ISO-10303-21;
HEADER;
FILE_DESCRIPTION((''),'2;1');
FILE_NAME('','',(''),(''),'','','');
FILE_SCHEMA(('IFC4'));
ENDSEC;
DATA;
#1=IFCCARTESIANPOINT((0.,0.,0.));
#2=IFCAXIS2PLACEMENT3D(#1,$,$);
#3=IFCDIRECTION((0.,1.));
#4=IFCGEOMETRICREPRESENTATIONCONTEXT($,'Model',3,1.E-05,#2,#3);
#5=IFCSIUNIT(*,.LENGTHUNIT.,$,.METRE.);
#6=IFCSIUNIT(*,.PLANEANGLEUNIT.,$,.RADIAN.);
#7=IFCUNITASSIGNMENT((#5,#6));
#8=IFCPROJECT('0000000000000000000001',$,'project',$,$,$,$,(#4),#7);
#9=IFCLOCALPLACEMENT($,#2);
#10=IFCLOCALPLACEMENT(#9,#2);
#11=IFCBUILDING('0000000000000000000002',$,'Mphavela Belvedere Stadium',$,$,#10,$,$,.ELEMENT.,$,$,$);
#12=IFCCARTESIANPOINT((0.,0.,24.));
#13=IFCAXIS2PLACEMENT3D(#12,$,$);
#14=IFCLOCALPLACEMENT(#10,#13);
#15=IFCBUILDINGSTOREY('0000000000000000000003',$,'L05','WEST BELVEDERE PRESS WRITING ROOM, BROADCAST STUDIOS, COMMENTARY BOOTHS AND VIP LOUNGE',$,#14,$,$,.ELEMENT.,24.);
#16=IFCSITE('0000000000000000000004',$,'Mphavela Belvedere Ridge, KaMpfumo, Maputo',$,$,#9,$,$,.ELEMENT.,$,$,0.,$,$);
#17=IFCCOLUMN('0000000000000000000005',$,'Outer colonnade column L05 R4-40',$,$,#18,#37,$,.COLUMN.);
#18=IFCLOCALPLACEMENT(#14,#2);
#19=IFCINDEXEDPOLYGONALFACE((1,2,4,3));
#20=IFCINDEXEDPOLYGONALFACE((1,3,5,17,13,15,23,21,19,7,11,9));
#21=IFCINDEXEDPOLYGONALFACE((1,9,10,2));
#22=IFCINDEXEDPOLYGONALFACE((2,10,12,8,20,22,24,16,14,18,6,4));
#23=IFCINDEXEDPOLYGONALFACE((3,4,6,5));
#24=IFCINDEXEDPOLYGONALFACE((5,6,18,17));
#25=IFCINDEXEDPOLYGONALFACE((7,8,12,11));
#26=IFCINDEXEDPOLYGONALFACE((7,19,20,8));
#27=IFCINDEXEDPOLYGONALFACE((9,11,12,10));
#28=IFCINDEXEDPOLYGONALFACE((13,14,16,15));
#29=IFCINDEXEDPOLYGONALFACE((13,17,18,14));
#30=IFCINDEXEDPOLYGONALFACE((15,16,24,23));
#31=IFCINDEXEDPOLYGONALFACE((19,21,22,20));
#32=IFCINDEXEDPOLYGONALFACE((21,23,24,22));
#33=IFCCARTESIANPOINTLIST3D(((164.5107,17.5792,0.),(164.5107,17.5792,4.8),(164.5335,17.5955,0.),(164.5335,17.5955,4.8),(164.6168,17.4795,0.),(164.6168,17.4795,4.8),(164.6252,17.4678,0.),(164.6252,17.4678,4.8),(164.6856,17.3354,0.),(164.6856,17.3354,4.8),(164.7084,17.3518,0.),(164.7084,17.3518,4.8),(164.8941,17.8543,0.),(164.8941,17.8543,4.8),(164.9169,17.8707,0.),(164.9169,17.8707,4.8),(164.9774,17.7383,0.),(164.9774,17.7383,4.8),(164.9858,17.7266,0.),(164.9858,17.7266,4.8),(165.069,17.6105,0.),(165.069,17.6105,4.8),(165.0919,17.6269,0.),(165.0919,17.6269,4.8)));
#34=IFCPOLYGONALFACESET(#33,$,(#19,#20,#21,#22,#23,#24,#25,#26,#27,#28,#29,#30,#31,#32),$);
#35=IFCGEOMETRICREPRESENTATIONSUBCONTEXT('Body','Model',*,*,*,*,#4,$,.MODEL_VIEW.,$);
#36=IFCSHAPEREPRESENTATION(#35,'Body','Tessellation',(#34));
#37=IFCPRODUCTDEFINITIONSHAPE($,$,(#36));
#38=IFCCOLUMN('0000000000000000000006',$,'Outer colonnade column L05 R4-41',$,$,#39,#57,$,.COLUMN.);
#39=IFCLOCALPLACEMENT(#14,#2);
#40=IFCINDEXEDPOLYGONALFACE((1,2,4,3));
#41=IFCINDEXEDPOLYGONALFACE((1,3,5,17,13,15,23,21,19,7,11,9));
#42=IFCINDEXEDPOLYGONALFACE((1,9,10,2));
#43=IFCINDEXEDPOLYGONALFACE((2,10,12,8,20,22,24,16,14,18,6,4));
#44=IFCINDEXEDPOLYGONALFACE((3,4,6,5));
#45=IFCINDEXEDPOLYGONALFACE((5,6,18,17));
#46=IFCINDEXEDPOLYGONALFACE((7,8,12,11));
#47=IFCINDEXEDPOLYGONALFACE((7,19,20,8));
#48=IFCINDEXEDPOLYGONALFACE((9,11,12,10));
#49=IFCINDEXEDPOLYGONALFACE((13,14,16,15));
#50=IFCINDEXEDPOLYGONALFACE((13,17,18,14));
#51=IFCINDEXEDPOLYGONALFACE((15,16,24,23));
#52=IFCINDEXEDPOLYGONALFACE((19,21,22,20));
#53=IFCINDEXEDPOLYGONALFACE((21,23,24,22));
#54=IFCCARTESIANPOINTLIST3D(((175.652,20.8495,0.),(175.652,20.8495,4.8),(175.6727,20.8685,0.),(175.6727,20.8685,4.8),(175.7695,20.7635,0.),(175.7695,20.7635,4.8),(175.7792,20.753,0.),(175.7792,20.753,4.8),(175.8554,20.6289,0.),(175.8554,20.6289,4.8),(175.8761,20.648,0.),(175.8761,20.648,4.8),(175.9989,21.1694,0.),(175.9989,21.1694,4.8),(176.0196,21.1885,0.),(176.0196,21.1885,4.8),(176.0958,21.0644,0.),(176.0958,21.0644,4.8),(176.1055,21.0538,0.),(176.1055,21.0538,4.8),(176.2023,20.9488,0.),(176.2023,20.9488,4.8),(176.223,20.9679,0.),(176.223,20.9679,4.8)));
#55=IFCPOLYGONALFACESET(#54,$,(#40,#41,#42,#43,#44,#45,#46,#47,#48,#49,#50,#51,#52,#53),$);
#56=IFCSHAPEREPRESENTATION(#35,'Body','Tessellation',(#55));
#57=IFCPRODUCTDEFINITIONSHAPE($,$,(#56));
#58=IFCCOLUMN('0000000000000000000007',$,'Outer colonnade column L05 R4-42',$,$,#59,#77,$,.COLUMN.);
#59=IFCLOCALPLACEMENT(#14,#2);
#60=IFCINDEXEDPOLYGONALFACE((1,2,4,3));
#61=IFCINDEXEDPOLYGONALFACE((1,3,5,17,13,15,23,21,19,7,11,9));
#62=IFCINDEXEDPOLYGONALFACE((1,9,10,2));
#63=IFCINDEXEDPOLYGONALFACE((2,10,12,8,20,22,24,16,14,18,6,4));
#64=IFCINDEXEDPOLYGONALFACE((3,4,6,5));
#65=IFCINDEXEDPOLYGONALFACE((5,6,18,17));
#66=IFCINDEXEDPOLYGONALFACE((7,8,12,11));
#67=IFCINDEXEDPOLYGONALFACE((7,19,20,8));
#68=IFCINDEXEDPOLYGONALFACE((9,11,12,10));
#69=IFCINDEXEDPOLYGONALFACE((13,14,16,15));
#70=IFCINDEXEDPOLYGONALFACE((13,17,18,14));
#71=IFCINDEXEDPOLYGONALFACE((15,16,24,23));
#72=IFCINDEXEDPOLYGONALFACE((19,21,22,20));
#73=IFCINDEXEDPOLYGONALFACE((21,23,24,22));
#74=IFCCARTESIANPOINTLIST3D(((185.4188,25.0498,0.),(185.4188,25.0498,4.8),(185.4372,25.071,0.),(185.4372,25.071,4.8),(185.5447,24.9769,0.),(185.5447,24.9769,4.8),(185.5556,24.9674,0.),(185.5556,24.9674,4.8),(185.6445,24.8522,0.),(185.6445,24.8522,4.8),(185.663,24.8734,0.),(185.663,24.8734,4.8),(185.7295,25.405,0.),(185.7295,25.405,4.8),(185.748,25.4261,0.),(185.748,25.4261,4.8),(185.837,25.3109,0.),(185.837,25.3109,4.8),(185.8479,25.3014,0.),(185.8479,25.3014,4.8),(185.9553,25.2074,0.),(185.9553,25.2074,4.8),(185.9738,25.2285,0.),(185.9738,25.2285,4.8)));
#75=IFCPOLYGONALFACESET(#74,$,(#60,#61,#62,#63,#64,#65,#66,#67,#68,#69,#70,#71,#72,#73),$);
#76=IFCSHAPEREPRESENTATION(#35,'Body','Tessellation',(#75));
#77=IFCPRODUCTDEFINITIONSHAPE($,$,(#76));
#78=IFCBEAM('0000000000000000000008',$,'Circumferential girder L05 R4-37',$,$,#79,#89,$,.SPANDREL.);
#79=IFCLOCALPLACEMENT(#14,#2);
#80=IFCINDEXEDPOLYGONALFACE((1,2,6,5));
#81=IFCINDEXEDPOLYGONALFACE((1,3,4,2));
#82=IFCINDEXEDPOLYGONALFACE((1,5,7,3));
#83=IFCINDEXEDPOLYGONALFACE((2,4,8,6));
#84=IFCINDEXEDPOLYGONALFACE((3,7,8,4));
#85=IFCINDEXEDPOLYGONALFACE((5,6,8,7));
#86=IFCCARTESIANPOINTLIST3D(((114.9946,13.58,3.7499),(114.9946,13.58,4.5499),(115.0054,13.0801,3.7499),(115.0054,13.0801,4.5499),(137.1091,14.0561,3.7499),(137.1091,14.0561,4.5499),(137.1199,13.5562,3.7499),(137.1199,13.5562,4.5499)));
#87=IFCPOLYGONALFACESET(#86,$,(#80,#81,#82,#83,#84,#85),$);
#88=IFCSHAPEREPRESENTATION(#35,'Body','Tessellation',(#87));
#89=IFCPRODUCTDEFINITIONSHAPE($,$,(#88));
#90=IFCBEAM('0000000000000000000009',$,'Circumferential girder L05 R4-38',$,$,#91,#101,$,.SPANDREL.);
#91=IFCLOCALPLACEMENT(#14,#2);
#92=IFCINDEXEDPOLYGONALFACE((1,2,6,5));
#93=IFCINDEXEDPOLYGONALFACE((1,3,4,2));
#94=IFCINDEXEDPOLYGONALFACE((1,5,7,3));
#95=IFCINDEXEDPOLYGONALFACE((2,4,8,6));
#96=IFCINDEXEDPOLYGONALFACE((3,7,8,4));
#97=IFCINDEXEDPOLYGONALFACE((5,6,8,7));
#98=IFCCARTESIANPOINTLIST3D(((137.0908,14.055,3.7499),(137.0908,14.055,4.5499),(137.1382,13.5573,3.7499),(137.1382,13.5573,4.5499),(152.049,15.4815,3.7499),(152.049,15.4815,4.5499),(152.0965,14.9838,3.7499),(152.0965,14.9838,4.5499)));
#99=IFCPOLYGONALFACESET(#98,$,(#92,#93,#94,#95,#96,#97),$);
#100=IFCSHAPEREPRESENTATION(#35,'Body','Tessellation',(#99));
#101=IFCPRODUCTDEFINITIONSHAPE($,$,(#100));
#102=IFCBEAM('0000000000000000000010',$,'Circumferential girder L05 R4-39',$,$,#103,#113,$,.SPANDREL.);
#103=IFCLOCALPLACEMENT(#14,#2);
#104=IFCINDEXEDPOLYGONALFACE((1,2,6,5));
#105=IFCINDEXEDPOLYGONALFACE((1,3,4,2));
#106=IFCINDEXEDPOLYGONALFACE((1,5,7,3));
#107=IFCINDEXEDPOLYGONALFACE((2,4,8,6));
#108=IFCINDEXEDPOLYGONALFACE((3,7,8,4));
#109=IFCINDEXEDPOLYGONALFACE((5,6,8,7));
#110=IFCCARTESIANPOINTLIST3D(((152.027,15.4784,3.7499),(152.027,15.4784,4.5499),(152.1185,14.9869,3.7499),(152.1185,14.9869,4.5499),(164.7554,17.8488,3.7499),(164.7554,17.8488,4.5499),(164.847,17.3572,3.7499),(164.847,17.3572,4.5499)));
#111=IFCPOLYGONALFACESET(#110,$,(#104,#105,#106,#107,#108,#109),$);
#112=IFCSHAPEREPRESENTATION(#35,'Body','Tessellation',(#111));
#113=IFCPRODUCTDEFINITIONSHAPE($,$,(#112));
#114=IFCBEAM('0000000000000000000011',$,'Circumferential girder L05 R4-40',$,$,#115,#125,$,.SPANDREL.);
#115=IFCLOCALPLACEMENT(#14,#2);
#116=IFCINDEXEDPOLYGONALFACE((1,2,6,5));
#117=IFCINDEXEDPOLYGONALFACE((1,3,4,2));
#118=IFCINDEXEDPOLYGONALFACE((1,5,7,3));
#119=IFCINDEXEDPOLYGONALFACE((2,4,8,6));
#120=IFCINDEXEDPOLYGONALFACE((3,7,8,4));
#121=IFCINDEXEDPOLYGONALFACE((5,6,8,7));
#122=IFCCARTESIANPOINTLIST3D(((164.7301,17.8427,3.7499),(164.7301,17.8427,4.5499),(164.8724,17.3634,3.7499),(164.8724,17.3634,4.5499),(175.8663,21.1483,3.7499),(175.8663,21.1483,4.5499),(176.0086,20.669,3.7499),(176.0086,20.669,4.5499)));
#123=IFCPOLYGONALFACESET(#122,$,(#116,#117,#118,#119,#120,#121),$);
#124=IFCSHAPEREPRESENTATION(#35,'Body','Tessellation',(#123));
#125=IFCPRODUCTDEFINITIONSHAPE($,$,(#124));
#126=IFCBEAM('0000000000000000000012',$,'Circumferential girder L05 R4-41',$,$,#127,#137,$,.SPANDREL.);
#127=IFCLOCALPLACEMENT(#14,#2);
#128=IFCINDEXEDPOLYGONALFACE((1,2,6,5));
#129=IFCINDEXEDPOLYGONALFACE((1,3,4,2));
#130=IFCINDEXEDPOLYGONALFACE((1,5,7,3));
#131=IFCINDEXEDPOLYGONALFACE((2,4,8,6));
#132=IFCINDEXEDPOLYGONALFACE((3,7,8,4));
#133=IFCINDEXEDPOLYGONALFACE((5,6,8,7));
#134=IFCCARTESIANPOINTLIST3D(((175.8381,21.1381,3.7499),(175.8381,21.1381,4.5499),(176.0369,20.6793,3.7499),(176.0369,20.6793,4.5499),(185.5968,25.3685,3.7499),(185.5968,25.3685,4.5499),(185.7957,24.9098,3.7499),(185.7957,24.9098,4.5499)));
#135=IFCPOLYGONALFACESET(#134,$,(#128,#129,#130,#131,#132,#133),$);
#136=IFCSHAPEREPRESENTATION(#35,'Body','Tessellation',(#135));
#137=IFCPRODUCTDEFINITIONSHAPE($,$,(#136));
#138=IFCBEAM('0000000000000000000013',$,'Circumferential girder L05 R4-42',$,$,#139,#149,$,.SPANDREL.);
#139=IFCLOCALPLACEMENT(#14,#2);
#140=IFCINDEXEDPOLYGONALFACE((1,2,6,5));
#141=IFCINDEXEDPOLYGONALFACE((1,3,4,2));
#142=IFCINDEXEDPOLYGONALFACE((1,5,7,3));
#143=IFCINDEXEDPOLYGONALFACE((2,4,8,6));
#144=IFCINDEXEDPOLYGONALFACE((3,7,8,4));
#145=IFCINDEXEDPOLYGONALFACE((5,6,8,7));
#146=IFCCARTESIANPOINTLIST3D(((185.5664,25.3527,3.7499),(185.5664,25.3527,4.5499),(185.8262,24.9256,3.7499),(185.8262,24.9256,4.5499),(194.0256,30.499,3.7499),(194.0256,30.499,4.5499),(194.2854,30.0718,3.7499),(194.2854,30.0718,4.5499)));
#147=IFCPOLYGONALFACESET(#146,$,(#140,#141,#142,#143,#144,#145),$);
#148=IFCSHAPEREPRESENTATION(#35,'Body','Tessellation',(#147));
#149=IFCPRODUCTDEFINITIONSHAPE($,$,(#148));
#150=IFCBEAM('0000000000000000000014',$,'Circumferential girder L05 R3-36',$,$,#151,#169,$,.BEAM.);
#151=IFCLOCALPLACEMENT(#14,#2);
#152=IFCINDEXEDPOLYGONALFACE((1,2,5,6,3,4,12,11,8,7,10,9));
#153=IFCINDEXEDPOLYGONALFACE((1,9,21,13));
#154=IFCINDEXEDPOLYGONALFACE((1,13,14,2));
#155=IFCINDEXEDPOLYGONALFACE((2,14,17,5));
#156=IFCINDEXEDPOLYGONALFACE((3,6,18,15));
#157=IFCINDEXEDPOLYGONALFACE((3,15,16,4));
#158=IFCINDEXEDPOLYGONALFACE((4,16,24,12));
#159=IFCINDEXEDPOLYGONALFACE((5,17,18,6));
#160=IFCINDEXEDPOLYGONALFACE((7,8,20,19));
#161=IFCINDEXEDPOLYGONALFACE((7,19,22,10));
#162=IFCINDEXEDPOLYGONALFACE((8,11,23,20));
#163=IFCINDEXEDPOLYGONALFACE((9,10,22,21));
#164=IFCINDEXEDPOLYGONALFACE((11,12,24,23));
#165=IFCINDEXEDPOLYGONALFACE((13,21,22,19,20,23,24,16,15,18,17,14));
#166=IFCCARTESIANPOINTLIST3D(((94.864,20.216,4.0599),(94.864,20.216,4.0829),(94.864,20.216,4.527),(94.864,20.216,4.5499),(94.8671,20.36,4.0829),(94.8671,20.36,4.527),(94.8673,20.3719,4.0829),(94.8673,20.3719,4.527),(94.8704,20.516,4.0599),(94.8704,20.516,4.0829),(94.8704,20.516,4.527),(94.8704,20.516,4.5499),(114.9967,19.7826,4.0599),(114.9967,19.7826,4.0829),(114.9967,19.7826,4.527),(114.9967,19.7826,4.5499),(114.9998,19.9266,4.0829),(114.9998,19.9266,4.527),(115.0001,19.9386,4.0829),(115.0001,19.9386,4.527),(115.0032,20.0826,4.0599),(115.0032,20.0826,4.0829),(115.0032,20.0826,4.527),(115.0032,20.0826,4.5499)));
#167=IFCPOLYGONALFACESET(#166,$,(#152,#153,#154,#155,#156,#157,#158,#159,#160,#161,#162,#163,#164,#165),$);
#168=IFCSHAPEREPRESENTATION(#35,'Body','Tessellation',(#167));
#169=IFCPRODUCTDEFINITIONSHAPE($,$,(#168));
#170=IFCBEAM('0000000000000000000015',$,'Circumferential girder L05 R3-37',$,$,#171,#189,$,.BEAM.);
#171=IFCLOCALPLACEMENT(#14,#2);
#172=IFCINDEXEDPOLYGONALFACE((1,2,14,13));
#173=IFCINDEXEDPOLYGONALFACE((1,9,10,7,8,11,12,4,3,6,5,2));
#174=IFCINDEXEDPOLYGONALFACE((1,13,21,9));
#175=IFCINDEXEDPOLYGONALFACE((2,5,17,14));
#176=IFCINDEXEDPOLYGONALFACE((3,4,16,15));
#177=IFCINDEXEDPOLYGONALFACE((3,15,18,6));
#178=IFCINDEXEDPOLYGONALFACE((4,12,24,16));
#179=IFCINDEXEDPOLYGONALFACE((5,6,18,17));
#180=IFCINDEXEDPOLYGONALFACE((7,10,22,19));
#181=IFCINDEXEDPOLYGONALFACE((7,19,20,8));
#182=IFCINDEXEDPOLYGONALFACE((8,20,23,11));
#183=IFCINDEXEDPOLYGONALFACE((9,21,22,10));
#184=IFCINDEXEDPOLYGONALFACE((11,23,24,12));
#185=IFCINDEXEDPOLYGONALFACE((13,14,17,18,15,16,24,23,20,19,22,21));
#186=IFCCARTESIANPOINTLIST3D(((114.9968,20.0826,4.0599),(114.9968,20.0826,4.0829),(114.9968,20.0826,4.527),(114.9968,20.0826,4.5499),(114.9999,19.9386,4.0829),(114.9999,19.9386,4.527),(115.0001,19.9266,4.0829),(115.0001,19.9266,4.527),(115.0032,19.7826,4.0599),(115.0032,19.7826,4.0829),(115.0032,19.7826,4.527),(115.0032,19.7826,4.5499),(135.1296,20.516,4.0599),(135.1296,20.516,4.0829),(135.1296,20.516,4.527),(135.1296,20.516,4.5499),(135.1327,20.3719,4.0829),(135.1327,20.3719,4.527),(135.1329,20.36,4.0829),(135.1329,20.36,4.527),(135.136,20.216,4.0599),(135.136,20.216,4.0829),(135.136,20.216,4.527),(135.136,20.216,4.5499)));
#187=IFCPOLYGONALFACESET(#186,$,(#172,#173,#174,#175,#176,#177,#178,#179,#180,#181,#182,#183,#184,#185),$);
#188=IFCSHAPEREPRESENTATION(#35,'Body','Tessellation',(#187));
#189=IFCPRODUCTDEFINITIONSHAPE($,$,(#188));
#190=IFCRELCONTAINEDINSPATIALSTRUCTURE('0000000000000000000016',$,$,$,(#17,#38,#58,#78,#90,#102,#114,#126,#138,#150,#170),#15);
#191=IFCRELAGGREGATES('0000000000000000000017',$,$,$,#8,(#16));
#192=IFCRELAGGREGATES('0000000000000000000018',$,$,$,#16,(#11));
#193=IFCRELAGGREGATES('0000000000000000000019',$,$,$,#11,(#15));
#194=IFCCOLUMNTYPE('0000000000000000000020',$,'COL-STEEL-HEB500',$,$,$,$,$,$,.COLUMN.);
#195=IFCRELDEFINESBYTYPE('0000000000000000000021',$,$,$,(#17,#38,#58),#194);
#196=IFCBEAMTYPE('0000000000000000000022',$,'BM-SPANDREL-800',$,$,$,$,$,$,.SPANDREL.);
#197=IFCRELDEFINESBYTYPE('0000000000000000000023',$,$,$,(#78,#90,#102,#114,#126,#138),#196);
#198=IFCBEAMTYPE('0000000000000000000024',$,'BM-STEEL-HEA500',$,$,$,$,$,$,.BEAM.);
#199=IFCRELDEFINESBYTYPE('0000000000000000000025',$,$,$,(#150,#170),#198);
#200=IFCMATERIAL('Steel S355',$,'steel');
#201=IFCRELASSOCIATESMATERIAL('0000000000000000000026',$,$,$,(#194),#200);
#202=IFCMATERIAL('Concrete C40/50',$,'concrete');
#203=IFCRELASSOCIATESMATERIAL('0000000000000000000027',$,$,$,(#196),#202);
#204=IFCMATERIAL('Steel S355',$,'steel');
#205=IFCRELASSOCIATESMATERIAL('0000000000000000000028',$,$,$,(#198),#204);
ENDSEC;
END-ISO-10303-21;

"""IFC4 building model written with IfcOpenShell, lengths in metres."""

from ifc_helpers import new_model, si_unit, direction, frame, origin, origin_2d, place, context, subcontext, project, spatial, rectangle, i_section, extrude, material, material_profile, profile_set, type_object, element, save


model = new_model("IFC4")

# Units and contexts
model_context = context("Model", 3, precision=1e-05, world=origin(), true_north=direction((0.0, 1.0)))
body_context = subcontext(model_context, "Body", "Model", "MODEL_VIEW")
ifc_project = project(units=[si_unit("LENGTHUNIT", "METRE"), si_unit("PLANEANGLEUNIT", "RADIAN")], contexts=[model_context])

# Site, building, storey
site_placement = place(None, origin())
site = spatial("IfcSite", under=ifc_project, at=site_placement, Name="Mphavela Belvedere Ridge, KaMpfumo, Maputo", CompositionType="ELEMENT", RefElevation=0.0)
building_placement = place(site_placement, origin())
building = spatial("IfcBuilding", under=site, at=building_placement, Name="Mphavela Belvedere Stadium", CompositionType="ELEMENT")
storey_placement = place(building_placement, frame((0.0, 0.0, 24.0)))
storey = spatial("IfcBuildingStorey", under=building, at=storey_placement, Name="L05", Description="WEST BELVEDERE PRESS WRITING ROOM, BROADCAST STUDIOS, COMMENTARY BOOTHS AND VIP LOUNGE", CompositionType="ELEMENT", Elevation=24.0)

# Columns
ifc_material_1 = material(Name="Steel S355", Category="steel")
ifc_material_profile_1 = material_profile(ifc_material_1, i_section(OverallWidth=0.3, OverallDepth=0.5, WebThickness=0.0144, FlangeThickness=0.0281, at=origin_2d()), Name="HEB 500")
ifc_profile_set_1 = profile_set([ifc_material_profile_1], Name="Steel S355")
column_type_1 = type_object("IfcColumnType", Name="COL-STEEL-HEB500", PredefinedType="COLUMN", material=ifc_profile_set_1)
for number, where, z_axis, x_axis, name in (
    (1, (164.8013, 17.603, 0.0), (0.0, 0.0, 1.0), (0.582974, -0.812491, 0.0), "Outer colonnade column L05 R4-40"),
    (2, (175.9375, 20.9087, 0.0), (0.0, 0.0, 1.0), (0.677903, -0.735151, 0.0), "Outer colonnade column L05 R4-41"),
    (3, (185.6963, 25.1392, 0.0), (0.0, 0.0, 1.0), (0.75253, -0.658558, 0.0), "Outer colonnade column L05 R4-42"),
):
    element("IfcColumn", number, at=place(storey_placement, frame(where, z_axis=z_axis, x_axis=x_axis)), inside=storey, type_object=column_type_1, Name=name, PredefinedType="COLUMN", context=body_context, shape_type="SweptSolid", body=[
        extrude(i_section(OverallWidth=0.3, OverallDepth=0.5, WebThickness=0.0144, FlangeThickness=0.0281, at=origin_2d()), origin(), (0.0, 0.0, 1.0), 4.8),
    ])

# Beams
ifc_material_2 = material(Name="Concrete C40/50", Category="concrete")
ifc_material_profile_2 = material_profile(ifc_material_2, rectangle(XDim=0.5, YDim=0.8, at=origin_2d()), Name="RC 500x800")
ifc_profile_set_2 = profile_set([ifc_material_profile_2], Name="Concrete C40/50")
beam_type_1 = type_object("IfcBeamType", Name="BM-SPANDREL-800", PredefinedType="SPANDREL", material=ifc_profile_set_2)
beam_1_placement = place(storey_placement, frame((115.0, 13.3301, 4.1499), z_axis=(0.999768, 0.021523, 0.0), x_axis=(-0.021523, 0.999768, 0.0)))
element("IfcBeam", 4, at=beam_1_placement, inside=storey, type_object=beam_type_1, Name="Circumferential girder L05 R4-37", PredefinedType="SPANDREL", context=body_context, shape_type="SweptSolid", body=[
    extrude(rectangle(XDim=0.5, YDim=0.8, at=origin_2d()), origin(), (0.0, 0.0, 1.0), 22.1196),
])
beam_2_placement = place(storey_placement, frame((137.1145, 13.8062, 4.1499), z_axis=(0.995483, 0.094936, 0.0), x_axis=(-0.094936, 0.995483, 0.0)))
element("IfcBeam", 5, at=beam_2_placement, inside=storey, type_object=beam_type_1, Name="Circumferential girder L05 R4-38", PredefinedType="SPANDREL", context=body_context, shape_type="SweptSolid", body=[
    extrude(rectangle(XDim=0.5, YDim=0.8, at=origin_2d()), origin(), (0.0, 0.0, 1.0), 15.0261),
])
beam_3_placement = place(storey_placement, frame((152.0728, 15.2327, 4.1499), z_axis=(0.983099, 0.183077, 0.0), x_axis=(-0.183077, 0.983099, 0.0)))
element("IfcBeam", 6, at=beam_3_placement, inside=storey, type_object=beam_type_1, Name="Circumferential girder L05 R4-39", PredefinedType="SPANDREL", context=body_context, shape_type="SweptSolid", body=[
    extrude(rectangle(XDim=0.5, YDim=0.8, at=origin_2d()), origin(), (0.0, 0.0, 1.0), 12.9473),
])
beam_4_placement = place(storey_placement, frame((164.8013, 17.603, 4.1499), z_axis=(0.958656, 0.284566, 0.0), x_axis=(-0.284566, 0.958656, 0.0)))
element("IfcBeam", 7, at=beam_4_placement, inside=storey, type_object=beam_type_1, Name="Circumferential girder L05 R4-40", PredefinedType="SPANDREL", context=body_context, shape_type="SweptSolid", body=[
    extrude(rectangle(XDim=0.5, YDim=0.8, at=origin_2d()), origin(), (0.0, 0.0, 1.0), 11.6165),
])
beam_5_placement = place(storey_placement, frame((175.9375, 20.9087, 4.1499), z_axis=(0.917499, 0.397739, 0.0), x_axis=(-0.397739, 0.917499, 0.0)))
element("IfcBeam", 8, at=beam_5_placement, inside=storey, type_object=beam_type_1, Name="Circumferential girder L05 R4-41", PredefinedType="SPANDREL", context=body_context, shape_type="SweptSolid", body=[
    extrude(rectangle(XDim=0.5, YDim=0.8, at=origin_2d()), origin(), (0.0, 0.0, 1.0), 10.6362),
])
beam_6_placement = place(storey_placement, frame((185.6963, 25.1392, 4.1499), z_axis=(0.854327, 0.519737, 0.0), x_axis=(-0.519737, 0.854327, 0.0)))
element("IfcBeam", 9, at=beam_6_placement, inside=storey, type_object=beam_type_1, Name="Circumferential girder L05 R4-42", PredefinedType="SPANDREL", context=body_context, shape_type="SweptSolid", body=[
    extrude(rectangle(XDim=0.5, YDim=0.8, at=origin_2d()), origin(), (0.0, 0.0, 1.0), 9.9016),
])
ifc_material_3 = material(Name="Steel S355", Category="steel")
ifc_material_profile_3 = material_profile(ifc_material_3, i_section(OverallWidth=0.3, OverallDepth=0.49, WebThickness=0.012, FlangeThickness=0.0229, at=origin_2d()), Name="HEA 500")
ifc_profile_set_3 = profile_set([ifc_material_profile_3], Name="Steel S355")
beam_type_2 = type_object("IfcBeamType", Name="BM-STEEL-HEA500", PredefinedType="BEAM", material=ifc_profile_set_3)
for number, where, z_axis, x_axis, name in (
    (10, (94.8672, 20.366, 4.3049), (0.999768, -0.02152, 0.0), (0.02152, 0.999768, 0.0), "Circumferential girder L05 R3-36"),
    (11, (115.0, 19.9326, 4.3049), (0.999768, 0.02152, 0.0), (-0.02152, 0.999768, 0.0), "Circumferential girder L05 R3-37"),
):
    element("IfcBeam", number, at=place(storey_placement, frame(where, z_axis=z_axis, x_axis=x_axis)), inside=storey, type_object=beam_type_2, Name=name, PredefinedType="BEAM", context=body_context, shape_type="SweptSolid", body=[
        extrude(i_section(OverallWidth=0.3, OverallDepth=0.49, WebThickness=0.012, FlangeThickness=0.0229, at=origin_2d()), origin(), (0.0, 0.0, 1.0), 20.1375),
    ])

save(model, "model.ifc")
